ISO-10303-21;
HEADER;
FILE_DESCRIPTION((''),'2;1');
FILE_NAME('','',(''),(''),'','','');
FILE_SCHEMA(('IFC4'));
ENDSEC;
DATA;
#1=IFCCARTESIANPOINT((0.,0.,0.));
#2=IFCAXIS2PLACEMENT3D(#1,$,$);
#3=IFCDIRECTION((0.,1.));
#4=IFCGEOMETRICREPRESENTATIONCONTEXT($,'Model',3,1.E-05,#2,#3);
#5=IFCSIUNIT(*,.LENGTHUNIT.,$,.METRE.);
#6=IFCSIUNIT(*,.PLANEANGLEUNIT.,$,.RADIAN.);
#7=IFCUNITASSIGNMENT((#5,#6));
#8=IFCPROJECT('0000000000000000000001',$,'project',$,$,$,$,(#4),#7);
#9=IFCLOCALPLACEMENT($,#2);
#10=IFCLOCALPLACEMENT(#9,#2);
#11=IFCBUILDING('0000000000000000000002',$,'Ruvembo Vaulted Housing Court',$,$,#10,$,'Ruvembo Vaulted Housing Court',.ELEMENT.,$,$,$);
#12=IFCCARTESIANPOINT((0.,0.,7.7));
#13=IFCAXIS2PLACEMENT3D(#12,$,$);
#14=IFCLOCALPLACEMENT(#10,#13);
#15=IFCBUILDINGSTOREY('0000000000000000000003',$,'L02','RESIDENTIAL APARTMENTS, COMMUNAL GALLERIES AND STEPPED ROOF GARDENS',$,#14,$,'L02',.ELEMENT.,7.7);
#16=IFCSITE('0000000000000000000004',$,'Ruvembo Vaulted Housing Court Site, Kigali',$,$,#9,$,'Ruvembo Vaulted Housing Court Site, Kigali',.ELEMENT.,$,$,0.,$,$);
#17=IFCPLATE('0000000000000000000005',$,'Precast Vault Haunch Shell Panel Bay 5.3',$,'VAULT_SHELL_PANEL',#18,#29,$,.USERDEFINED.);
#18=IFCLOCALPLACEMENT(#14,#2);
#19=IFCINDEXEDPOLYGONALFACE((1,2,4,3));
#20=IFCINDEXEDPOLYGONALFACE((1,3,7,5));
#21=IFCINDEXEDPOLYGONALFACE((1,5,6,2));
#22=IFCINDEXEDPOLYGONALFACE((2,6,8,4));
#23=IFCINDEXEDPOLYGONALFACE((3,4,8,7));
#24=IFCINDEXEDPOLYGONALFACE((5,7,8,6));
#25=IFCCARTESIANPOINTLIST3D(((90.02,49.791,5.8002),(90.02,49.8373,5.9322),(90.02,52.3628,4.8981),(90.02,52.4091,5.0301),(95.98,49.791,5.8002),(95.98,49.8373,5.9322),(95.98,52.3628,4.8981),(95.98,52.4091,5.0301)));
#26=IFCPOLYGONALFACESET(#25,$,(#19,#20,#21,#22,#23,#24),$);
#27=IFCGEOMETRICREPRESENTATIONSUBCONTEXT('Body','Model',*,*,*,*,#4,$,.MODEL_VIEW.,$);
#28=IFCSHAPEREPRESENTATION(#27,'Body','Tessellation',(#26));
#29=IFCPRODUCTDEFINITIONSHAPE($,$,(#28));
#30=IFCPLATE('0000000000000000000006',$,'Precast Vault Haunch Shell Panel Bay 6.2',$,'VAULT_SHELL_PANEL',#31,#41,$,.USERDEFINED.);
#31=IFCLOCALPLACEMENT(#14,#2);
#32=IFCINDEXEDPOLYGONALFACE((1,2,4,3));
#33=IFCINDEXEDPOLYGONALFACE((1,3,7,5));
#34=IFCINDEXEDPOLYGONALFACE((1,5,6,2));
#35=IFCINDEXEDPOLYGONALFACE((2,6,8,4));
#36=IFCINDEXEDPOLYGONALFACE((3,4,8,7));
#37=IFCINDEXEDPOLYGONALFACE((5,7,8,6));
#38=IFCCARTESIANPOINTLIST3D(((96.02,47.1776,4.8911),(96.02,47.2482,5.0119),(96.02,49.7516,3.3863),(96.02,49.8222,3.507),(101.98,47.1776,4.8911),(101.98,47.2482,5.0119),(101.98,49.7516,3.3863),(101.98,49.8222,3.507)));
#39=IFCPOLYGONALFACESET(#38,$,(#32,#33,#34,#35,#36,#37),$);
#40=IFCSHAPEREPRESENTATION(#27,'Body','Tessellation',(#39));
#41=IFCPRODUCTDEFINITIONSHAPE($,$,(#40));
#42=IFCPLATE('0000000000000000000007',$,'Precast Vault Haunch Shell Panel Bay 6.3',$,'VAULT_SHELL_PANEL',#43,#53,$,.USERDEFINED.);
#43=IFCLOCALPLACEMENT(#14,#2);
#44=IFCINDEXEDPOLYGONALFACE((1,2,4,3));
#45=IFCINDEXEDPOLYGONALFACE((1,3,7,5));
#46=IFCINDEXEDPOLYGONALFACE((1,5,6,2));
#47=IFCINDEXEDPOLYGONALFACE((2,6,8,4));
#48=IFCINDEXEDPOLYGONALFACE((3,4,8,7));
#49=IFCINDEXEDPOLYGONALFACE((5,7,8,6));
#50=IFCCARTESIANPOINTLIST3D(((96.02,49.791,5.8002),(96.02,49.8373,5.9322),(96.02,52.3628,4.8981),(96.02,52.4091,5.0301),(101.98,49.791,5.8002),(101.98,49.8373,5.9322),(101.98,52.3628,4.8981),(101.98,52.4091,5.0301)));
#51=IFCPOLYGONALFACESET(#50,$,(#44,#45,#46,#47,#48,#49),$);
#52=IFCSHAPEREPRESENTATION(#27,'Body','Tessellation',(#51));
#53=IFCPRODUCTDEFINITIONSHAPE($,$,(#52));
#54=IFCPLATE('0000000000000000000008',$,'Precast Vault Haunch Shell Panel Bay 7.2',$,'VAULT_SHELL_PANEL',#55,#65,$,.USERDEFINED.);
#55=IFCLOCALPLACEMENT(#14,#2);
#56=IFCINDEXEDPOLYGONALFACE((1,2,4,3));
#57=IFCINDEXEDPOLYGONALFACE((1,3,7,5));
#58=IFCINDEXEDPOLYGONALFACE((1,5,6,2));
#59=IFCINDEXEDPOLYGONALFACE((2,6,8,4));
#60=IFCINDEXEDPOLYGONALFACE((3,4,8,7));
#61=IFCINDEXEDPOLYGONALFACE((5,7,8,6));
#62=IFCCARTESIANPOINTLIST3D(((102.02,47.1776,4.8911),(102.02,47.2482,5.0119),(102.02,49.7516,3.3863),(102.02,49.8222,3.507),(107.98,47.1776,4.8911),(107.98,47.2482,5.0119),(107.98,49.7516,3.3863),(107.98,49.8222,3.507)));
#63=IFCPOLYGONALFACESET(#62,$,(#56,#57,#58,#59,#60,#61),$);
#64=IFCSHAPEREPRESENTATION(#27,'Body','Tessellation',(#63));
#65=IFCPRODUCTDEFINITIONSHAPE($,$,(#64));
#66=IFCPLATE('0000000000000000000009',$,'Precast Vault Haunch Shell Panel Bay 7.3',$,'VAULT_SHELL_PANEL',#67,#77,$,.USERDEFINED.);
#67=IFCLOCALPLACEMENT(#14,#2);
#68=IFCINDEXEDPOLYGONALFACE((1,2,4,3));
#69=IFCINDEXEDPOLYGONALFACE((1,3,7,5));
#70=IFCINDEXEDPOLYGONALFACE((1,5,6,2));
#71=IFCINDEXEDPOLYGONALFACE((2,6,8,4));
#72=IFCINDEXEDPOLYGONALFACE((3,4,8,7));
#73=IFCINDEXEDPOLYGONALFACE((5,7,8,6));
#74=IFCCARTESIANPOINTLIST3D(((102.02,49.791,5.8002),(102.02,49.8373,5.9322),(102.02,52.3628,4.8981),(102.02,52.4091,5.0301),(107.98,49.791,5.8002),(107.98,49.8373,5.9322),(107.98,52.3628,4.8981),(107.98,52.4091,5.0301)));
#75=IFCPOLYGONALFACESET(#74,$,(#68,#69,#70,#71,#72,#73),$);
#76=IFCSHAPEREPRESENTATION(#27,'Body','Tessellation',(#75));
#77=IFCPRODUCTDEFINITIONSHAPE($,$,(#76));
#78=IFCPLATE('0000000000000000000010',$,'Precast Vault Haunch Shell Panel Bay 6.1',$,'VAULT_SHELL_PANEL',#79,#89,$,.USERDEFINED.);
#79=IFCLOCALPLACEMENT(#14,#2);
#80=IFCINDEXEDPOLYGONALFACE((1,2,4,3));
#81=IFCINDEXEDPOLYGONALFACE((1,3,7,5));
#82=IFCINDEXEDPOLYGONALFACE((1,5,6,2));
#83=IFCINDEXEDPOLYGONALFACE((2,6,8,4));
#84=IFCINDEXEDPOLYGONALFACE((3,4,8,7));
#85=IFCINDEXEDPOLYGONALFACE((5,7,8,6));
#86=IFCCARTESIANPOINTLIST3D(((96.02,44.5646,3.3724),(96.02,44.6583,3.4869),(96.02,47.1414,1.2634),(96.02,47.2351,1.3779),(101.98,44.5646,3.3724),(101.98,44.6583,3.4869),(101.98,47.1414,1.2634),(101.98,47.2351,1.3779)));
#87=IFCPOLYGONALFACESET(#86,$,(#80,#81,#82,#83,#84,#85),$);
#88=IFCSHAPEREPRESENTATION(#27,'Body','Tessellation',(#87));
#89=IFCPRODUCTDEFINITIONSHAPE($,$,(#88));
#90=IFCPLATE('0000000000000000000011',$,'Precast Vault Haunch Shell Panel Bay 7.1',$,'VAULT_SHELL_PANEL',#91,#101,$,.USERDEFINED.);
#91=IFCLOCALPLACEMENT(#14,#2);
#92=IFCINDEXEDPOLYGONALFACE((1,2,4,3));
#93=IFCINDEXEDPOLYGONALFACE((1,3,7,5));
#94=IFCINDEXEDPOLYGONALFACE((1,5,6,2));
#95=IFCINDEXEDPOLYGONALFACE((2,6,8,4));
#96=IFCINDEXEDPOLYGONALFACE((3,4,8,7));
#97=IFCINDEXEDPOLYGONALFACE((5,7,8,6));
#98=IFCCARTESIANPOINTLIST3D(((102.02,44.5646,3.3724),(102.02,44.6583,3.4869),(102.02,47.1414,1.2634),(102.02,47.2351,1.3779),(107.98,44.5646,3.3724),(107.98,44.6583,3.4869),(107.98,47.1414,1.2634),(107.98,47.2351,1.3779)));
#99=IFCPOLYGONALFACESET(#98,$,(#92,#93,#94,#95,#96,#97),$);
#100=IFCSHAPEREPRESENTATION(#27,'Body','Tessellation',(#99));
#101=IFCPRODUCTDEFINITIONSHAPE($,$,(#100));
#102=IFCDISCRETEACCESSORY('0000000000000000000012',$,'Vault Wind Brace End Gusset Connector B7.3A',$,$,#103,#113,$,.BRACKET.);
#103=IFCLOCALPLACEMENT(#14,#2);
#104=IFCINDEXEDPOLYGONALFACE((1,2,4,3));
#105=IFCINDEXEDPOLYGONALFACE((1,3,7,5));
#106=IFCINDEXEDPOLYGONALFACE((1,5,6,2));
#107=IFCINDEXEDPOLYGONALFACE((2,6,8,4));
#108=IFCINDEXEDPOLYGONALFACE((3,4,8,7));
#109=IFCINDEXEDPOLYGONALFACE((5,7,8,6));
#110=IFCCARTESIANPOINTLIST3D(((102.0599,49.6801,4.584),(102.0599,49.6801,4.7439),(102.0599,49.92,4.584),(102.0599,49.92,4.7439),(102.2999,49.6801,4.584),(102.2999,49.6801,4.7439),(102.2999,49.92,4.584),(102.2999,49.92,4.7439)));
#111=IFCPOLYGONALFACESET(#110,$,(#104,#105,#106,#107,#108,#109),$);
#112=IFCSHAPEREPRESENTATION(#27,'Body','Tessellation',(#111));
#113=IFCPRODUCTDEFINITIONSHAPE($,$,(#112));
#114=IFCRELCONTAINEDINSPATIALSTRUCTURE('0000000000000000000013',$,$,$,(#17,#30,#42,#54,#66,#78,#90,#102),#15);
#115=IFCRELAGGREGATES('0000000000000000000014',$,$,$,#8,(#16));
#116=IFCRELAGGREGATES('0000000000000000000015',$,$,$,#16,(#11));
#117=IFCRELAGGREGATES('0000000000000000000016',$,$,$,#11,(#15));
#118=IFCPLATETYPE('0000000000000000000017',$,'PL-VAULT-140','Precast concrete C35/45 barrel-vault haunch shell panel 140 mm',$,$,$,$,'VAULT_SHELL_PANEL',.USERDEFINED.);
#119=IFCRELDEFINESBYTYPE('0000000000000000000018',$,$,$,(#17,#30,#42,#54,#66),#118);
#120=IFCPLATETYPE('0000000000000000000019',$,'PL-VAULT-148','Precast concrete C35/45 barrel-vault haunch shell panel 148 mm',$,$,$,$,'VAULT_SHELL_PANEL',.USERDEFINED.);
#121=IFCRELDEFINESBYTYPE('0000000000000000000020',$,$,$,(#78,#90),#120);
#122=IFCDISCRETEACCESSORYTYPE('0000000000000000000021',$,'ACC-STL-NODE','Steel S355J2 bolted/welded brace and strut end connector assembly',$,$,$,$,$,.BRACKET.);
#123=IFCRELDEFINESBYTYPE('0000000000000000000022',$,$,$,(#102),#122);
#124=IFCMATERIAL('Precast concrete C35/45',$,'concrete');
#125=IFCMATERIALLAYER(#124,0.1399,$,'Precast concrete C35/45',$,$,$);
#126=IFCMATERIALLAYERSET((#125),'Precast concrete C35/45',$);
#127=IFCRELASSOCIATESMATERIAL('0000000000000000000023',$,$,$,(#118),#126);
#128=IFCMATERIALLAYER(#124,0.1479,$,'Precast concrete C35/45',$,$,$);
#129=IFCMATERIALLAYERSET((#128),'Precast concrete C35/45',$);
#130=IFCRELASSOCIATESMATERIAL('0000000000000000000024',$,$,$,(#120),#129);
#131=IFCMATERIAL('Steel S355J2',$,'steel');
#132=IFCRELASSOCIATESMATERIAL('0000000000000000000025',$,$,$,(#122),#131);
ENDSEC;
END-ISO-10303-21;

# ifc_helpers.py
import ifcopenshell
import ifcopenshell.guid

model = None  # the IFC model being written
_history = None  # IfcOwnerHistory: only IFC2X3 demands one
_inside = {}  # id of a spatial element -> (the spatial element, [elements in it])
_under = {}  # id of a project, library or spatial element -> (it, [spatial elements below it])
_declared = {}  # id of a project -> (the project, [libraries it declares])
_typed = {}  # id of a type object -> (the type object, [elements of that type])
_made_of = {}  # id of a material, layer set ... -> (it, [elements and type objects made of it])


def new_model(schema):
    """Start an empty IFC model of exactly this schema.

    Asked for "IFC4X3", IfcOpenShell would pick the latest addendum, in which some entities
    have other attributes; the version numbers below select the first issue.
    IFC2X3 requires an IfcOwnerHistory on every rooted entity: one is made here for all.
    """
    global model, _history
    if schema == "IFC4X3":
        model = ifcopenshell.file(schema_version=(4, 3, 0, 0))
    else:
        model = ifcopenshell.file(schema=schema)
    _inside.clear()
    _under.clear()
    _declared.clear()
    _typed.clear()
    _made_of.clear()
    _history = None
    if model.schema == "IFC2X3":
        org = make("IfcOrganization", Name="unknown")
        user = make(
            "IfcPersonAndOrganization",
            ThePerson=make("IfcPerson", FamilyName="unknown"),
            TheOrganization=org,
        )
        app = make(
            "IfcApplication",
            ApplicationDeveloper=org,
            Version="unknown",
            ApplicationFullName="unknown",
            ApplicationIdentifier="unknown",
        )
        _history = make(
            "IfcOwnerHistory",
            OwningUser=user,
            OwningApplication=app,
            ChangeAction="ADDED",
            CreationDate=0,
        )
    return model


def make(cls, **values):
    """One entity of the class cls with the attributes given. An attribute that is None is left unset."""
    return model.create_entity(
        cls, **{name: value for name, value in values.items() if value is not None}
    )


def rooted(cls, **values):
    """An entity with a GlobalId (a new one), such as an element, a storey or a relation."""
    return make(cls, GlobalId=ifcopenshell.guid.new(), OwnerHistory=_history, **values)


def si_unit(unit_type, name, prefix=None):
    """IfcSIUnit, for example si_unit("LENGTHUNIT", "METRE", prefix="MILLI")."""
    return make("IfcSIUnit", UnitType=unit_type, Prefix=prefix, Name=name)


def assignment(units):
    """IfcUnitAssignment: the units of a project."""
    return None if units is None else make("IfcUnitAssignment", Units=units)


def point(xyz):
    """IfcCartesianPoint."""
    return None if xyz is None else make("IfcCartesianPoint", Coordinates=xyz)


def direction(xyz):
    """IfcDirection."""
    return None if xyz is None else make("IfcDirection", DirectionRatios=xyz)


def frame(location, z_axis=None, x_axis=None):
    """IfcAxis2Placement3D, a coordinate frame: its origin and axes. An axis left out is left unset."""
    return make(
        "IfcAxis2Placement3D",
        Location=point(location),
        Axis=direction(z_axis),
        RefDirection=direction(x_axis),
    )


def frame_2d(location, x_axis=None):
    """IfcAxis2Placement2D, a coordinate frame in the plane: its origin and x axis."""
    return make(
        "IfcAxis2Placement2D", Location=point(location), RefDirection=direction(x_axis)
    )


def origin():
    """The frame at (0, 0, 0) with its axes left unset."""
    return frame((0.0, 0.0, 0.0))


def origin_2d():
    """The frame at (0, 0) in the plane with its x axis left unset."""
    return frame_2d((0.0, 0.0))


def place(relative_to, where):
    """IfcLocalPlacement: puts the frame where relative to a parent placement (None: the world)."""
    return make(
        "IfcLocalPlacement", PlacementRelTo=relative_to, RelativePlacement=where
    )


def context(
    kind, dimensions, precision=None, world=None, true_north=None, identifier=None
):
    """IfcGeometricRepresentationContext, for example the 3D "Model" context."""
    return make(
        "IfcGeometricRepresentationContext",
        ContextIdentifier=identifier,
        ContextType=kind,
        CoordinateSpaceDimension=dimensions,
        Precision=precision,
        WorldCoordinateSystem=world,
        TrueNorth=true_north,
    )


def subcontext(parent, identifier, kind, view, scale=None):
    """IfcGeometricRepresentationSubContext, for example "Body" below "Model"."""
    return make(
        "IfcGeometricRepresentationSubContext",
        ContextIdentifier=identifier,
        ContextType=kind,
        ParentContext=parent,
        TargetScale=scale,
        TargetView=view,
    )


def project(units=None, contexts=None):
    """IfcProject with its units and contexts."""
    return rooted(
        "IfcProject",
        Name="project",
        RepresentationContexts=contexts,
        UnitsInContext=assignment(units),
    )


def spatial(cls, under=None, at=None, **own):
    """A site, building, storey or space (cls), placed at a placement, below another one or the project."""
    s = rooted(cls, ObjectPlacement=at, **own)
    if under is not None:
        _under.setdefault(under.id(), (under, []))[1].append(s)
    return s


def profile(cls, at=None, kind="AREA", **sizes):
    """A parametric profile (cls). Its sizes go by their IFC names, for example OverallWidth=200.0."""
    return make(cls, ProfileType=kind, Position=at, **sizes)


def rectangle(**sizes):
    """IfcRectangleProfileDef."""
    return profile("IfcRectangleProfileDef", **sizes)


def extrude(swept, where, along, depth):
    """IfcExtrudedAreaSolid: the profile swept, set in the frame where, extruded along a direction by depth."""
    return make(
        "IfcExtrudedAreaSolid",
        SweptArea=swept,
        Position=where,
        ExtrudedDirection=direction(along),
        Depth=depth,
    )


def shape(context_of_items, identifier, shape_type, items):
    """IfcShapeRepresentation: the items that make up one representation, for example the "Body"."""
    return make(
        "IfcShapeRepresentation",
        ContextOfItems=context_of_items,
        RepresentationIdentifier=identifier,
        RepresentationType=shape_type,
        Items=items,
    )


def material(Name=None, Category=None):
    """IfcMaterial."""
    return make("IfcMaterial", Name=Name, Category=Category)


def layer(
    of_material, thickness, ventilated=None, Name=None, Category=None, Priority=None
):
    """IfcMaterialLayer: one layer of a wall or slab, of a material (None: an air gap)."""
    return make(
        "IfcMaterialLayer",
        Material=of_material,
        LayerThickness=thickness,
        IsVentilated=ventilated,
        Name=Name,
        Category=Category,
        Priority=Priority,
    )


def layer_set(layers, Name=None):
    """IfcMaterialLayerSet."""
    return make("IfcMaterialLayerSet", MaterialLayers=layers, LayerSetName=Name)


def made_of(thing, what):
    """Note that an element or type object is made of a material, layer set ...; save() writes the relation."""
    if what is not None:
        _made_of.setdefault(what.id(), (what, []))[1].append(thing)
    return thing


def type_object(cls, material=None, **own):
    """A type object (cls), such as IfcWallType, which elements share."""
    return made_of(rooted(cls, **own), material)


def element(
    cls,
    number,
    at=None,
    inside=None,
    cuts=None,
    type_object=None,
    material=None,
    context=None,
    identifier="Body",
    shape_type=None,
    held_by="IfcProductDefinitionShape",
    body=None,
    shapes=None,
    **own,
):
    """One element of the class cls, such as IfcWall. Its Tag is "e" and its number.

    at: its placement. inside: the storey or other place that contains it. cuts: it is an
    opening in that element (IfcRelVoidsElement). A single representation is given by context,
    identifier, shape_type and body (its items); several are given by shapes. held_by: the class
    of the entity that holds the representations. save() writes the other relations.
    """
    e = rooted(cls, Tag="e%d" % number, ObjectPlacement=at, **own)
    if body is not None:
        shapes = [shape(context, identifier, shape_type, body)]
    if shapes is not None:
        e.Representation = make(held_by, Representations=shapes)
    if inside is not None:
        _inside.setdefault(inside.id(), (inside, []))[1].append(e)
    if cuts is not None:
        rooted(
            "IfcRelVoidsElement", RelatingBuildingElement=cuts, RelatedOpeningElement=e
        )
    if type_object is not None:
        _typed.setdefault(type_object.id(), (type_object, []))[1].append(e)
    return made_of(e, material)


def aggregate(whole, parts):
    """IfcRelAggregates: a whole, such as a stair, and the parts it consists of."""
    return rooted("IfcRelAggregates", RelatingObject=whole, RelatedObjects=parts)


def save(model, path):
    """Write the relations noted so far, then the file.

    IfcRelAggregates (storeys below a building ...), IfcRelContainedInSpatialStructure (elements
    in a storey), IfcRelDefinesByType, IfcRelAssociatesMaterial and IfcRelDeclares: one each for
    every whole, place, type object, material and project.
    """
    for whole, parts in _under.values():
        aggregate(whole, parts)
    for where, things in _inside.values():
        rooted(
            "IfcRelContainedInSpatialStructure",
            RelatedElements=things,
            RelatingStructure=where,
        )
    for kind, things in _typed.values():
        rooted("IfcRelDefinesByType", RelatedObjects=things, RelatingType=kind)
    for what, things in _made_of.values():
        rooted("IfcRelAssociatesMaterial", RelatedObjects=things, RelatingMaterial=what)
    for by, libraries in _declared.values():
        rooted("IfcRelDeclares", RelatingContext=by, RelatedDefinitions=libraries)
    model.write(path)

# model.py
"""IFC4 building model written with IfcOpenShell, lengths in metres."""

from ifc_helpers import new_model, si_unit, direction, frame, origin, origin_2d, place, context, subcontext, project, spatial, rectangle, extrude, material, layer, layer_set, type_object, element, save


model = new_model("IFC4")

# Units and contexts
model_context = context("Model", 3, precision=1e-05, world=origin(), true_north=direction((0.0, 1.0)))
body_context = subcontext(model_context, "Body", "Model", "MODEL_VIEW")
ifc_project = project(units=[si_unit("LENGTHUNIT", "METRE"), si_unit("PLANEANGLEUNIT", "RADIAN")], contexts=[model_context])

# Site, building, storey
site_placement = place(None, origin())
site = spatial("IfcSite", under=ifc_project, at=site_placement, Name="Ruvembo Vaulted Housing Court Site, Kigali", LongName="Ruvembo Vaulted Housing Court Site, Kigali", CompositionType="ELEMENT", RefElevation=0.0)
building_placement = place(site_placement, origin())
building = spatial("IfcBuilding", under=site, at=building_placement, Name="Ruvembo Vaulted Housing Court", LongName="Ruvembo Vaulted Housing Court", CompositionType="ELEMENT")
storey_placement = place(building_placement, frame((0.0, 0.0, 7.7)))
storey = spatial("IfcBuildingStorey", under=building, at=storey_placement, Name="L02", Description="RESIDENTIAL APARTMENTS, COMMUNAL GALLERIES AND STEPPED ROOF GARDENS", LongName="L02", CompositionType="ELEMENT", Elevation=7.7)

# Shared definitions
ifc_material_1 = material(Name="Steel S355J2", Category="steel")

# Plates
ifc_material_2 = material(Name="Precast concrete C35/45", Category="concrete")
ifc_layer_1 = layer(ifc_material_2, 0.1399, Name="Precast concrete C35/45")
ifc_layer_set_1 = layer_set([ifc_layer_1], Name="Precast concrete C35/45")
plate_type_1 = type_object("IfcPlateType", Name="PL-VAULT-140", Description="Precast concrete C35/45 barrel-vault haunch shell panel 140 mm", ElementType="VAULT_SHELL_PANEL", PredefinedType="USERDEFINED", material=ifc_layer_set_1)
plate_1_placement = place(storey_placement, frame((93.0, 51.0769, 5.3491), z_axis=(0.0, 0.330992, 0.943634), x_axis=(1.0, 0.0, 0.0)))
element("IfcPlate", 1, at=plate_1_placement, inside=storey, type_object=plate_type_1, Name="Precast Vault Haunch Shell Panel Bay 5.3", ObjectType="VAULT_SHELL_PANEL", PredefinedType="USERDEFINED", context=body_context, shape_type="SweptSolid", body=[
    extrude(rectangle(XDim=5.96, YDim=2.7253, at=origin_2d()), origin(), (0.0, 0.0, 1.0), 0.1399),
])
plate_2_placement = place(storey_placement, frame((99.0, 48.4646, 4.1387), z_axis=(0.0, 0.504693, 0.863299), x_axis=(1.0, 0.0, 0.0)))
element("IfcPlate", 2, at=plate_2_placement, inside=storey, type_object=plate_type_1, Name="Precast Vault Haunch Shell Panel Bay 6.2", ObjectType="VAULT_SHELL_PANEL", PredefinedType="USERDEFINED", context=body_context, shape_type="SweptSolid", body=[
    extrude(rectangle(XDim=5.96, YDim=2.9817, at=origin_2d()), origin(), (0.0, 0.0, 1.0), 0.1399),
])
plate_3_placement = place(storey_placement, frame((99.0, 51.0769, 5.3491), z_axis=(0.0, 0.330992, 0.943634), x_axis=(1.0, 0.0, 0.0)))
element("IfcPlate", 3, at=plate_3_placement, inside=storey, type_object=plate_type_1, Name="Precast Vault Haunch Shell Panel Bay 6.3", ObjectType="VAULT_SHELL_PANEL", PredefinedType="USERDEFINED", context=body_context, shape_type="SweptSolid", body=[
    extrude(rectangle(XDim=5.96, YDim=2.7253, at=origin_2d()), origin(), (0.0, 0.0, 1.0), 0.1399),
])
plate_4_placement = place(storey_placement, frame((105.0, 48.4646, 4.1387), z_axis=(0.0, 0.504693, 0.863299), x_axis=(1.0, 0.0, 0.0)))
element("IfcPlate", 4, at=plate_4_placement, inside=storey, type_object=plate_type_1, Name="Precast Vault Haunch Shell Panel Bay 7.2", ObjectType="VAULT_SHELL_PANEL", PredefinedType="USERDEFINED", context=body_context, shape_type="SweptSolid", body=[
    extrude(rectangle(XDim=5.96, YDim=2.9817, at=origin_2d()), origin(), (0.0, 0.0, 1.0), 0.1399),
])
plate_5_placement = place(storey_placement, frame((105.0, 51.0769, 5.3491), z_axis=(0.0, 0.330992, 0.943634), x_axis=(1.0, 0.0, 0.0)))
element("IfcPlate", 5, at=plate_5_placement, inside=storey, type_object=plate_type_1, Name="Precast Vault Haunch Shell Panel Bay 7.3", ObjectType="VAULT_SHELL_PANEL", PredefinedType="USERDEFINED", context=body_context, shape_type="SweptSolid", body=[
    extrude(rectangle(XDim=5.96, YDim=2.7253, at=origin_2d()), origin(), (0.0, 0.0, 1.0), 0.1399),
])
ifc_layer_2 = layer(ifc_material_2, 0.1479, Name="Precast concrete C35/45")
ifc_layer_set_2 = layer_set([ifc_layer_2], Name="Precast concrete C35/45")
plate_type_2 = type_object("IfcPlateType", Name="PL-VAULT-148", Description="Precast concrete C35/45 barrel-vault haunch shell panel 148 mm", ElementType="VAULT_SHELL_PANEL", PredefinedType="USERDEFINED", material=ifc_layer_set_2)
for number, where, z_axis, x_axis, name in (
    (6, (99.0, 45.853, 2.3179), (0.0, 0.633367, 0.773851), (1.0, 0.0, 0.0), "Precast Vault Haunch Shell Panel Bay 6.1"),
    (7, (105.0, 45.853, 2.3179), (0.0, 0.633367, 0.773851), (1.0, 0.0, 0.0), "Precast Vault Haunch Shell Panel Bay 7.1"),
):
    element("IfcPlate", number, at=place(storey_placement, frame(where, z_axis=z_axis, x_axis=x_axis)), inside=storey, type_object=plate_type_2, Name=name, ObjectType="VAULT_SHELL_PANEL", PredefinedType="USERDEFINED", context=body_context, shape_type="SweptSolid", body=[
        extrude(rectangle(XDim=5.96, YDim=3.3298, at=origin_2d()), origin(), (0.0, 0.0, 1.0), 0.1479),
    ])

# Discrete accessory
discrete_accessory_type = type_object("IfcDiscreteAccessoryType", Name="ACC-STL-NODE", Description="Steel S355J2 bolted/welded brace and strut end connector assembly", PredefinedType="BRACKET", material=ifc_material_1)
discrete_accessory_placement = place(storey_placement, frame((102.1799, 49.8, 4.584), z_axis=(0.0, 0.0, 1.0), x_axis=(1.0, 0.0, 0.0)))
element("IfcDiscreteAccessory", 8, at=discrete_accessory_placement, inside=storey, type_object=discrete_accessory_type, Name="Vault Wind Brace End Gusset Connector B7.3A", PredefinedType="BRACKET", context=body_context, shape_type="SweptSolid", body=[
    extrude(rectangle(XDim=0.24, YDim=0.24, at=origin_2d()), origin(), (0.0, 0.0, 1.0), 0.1599),
])

save(model, "model.ifc")
